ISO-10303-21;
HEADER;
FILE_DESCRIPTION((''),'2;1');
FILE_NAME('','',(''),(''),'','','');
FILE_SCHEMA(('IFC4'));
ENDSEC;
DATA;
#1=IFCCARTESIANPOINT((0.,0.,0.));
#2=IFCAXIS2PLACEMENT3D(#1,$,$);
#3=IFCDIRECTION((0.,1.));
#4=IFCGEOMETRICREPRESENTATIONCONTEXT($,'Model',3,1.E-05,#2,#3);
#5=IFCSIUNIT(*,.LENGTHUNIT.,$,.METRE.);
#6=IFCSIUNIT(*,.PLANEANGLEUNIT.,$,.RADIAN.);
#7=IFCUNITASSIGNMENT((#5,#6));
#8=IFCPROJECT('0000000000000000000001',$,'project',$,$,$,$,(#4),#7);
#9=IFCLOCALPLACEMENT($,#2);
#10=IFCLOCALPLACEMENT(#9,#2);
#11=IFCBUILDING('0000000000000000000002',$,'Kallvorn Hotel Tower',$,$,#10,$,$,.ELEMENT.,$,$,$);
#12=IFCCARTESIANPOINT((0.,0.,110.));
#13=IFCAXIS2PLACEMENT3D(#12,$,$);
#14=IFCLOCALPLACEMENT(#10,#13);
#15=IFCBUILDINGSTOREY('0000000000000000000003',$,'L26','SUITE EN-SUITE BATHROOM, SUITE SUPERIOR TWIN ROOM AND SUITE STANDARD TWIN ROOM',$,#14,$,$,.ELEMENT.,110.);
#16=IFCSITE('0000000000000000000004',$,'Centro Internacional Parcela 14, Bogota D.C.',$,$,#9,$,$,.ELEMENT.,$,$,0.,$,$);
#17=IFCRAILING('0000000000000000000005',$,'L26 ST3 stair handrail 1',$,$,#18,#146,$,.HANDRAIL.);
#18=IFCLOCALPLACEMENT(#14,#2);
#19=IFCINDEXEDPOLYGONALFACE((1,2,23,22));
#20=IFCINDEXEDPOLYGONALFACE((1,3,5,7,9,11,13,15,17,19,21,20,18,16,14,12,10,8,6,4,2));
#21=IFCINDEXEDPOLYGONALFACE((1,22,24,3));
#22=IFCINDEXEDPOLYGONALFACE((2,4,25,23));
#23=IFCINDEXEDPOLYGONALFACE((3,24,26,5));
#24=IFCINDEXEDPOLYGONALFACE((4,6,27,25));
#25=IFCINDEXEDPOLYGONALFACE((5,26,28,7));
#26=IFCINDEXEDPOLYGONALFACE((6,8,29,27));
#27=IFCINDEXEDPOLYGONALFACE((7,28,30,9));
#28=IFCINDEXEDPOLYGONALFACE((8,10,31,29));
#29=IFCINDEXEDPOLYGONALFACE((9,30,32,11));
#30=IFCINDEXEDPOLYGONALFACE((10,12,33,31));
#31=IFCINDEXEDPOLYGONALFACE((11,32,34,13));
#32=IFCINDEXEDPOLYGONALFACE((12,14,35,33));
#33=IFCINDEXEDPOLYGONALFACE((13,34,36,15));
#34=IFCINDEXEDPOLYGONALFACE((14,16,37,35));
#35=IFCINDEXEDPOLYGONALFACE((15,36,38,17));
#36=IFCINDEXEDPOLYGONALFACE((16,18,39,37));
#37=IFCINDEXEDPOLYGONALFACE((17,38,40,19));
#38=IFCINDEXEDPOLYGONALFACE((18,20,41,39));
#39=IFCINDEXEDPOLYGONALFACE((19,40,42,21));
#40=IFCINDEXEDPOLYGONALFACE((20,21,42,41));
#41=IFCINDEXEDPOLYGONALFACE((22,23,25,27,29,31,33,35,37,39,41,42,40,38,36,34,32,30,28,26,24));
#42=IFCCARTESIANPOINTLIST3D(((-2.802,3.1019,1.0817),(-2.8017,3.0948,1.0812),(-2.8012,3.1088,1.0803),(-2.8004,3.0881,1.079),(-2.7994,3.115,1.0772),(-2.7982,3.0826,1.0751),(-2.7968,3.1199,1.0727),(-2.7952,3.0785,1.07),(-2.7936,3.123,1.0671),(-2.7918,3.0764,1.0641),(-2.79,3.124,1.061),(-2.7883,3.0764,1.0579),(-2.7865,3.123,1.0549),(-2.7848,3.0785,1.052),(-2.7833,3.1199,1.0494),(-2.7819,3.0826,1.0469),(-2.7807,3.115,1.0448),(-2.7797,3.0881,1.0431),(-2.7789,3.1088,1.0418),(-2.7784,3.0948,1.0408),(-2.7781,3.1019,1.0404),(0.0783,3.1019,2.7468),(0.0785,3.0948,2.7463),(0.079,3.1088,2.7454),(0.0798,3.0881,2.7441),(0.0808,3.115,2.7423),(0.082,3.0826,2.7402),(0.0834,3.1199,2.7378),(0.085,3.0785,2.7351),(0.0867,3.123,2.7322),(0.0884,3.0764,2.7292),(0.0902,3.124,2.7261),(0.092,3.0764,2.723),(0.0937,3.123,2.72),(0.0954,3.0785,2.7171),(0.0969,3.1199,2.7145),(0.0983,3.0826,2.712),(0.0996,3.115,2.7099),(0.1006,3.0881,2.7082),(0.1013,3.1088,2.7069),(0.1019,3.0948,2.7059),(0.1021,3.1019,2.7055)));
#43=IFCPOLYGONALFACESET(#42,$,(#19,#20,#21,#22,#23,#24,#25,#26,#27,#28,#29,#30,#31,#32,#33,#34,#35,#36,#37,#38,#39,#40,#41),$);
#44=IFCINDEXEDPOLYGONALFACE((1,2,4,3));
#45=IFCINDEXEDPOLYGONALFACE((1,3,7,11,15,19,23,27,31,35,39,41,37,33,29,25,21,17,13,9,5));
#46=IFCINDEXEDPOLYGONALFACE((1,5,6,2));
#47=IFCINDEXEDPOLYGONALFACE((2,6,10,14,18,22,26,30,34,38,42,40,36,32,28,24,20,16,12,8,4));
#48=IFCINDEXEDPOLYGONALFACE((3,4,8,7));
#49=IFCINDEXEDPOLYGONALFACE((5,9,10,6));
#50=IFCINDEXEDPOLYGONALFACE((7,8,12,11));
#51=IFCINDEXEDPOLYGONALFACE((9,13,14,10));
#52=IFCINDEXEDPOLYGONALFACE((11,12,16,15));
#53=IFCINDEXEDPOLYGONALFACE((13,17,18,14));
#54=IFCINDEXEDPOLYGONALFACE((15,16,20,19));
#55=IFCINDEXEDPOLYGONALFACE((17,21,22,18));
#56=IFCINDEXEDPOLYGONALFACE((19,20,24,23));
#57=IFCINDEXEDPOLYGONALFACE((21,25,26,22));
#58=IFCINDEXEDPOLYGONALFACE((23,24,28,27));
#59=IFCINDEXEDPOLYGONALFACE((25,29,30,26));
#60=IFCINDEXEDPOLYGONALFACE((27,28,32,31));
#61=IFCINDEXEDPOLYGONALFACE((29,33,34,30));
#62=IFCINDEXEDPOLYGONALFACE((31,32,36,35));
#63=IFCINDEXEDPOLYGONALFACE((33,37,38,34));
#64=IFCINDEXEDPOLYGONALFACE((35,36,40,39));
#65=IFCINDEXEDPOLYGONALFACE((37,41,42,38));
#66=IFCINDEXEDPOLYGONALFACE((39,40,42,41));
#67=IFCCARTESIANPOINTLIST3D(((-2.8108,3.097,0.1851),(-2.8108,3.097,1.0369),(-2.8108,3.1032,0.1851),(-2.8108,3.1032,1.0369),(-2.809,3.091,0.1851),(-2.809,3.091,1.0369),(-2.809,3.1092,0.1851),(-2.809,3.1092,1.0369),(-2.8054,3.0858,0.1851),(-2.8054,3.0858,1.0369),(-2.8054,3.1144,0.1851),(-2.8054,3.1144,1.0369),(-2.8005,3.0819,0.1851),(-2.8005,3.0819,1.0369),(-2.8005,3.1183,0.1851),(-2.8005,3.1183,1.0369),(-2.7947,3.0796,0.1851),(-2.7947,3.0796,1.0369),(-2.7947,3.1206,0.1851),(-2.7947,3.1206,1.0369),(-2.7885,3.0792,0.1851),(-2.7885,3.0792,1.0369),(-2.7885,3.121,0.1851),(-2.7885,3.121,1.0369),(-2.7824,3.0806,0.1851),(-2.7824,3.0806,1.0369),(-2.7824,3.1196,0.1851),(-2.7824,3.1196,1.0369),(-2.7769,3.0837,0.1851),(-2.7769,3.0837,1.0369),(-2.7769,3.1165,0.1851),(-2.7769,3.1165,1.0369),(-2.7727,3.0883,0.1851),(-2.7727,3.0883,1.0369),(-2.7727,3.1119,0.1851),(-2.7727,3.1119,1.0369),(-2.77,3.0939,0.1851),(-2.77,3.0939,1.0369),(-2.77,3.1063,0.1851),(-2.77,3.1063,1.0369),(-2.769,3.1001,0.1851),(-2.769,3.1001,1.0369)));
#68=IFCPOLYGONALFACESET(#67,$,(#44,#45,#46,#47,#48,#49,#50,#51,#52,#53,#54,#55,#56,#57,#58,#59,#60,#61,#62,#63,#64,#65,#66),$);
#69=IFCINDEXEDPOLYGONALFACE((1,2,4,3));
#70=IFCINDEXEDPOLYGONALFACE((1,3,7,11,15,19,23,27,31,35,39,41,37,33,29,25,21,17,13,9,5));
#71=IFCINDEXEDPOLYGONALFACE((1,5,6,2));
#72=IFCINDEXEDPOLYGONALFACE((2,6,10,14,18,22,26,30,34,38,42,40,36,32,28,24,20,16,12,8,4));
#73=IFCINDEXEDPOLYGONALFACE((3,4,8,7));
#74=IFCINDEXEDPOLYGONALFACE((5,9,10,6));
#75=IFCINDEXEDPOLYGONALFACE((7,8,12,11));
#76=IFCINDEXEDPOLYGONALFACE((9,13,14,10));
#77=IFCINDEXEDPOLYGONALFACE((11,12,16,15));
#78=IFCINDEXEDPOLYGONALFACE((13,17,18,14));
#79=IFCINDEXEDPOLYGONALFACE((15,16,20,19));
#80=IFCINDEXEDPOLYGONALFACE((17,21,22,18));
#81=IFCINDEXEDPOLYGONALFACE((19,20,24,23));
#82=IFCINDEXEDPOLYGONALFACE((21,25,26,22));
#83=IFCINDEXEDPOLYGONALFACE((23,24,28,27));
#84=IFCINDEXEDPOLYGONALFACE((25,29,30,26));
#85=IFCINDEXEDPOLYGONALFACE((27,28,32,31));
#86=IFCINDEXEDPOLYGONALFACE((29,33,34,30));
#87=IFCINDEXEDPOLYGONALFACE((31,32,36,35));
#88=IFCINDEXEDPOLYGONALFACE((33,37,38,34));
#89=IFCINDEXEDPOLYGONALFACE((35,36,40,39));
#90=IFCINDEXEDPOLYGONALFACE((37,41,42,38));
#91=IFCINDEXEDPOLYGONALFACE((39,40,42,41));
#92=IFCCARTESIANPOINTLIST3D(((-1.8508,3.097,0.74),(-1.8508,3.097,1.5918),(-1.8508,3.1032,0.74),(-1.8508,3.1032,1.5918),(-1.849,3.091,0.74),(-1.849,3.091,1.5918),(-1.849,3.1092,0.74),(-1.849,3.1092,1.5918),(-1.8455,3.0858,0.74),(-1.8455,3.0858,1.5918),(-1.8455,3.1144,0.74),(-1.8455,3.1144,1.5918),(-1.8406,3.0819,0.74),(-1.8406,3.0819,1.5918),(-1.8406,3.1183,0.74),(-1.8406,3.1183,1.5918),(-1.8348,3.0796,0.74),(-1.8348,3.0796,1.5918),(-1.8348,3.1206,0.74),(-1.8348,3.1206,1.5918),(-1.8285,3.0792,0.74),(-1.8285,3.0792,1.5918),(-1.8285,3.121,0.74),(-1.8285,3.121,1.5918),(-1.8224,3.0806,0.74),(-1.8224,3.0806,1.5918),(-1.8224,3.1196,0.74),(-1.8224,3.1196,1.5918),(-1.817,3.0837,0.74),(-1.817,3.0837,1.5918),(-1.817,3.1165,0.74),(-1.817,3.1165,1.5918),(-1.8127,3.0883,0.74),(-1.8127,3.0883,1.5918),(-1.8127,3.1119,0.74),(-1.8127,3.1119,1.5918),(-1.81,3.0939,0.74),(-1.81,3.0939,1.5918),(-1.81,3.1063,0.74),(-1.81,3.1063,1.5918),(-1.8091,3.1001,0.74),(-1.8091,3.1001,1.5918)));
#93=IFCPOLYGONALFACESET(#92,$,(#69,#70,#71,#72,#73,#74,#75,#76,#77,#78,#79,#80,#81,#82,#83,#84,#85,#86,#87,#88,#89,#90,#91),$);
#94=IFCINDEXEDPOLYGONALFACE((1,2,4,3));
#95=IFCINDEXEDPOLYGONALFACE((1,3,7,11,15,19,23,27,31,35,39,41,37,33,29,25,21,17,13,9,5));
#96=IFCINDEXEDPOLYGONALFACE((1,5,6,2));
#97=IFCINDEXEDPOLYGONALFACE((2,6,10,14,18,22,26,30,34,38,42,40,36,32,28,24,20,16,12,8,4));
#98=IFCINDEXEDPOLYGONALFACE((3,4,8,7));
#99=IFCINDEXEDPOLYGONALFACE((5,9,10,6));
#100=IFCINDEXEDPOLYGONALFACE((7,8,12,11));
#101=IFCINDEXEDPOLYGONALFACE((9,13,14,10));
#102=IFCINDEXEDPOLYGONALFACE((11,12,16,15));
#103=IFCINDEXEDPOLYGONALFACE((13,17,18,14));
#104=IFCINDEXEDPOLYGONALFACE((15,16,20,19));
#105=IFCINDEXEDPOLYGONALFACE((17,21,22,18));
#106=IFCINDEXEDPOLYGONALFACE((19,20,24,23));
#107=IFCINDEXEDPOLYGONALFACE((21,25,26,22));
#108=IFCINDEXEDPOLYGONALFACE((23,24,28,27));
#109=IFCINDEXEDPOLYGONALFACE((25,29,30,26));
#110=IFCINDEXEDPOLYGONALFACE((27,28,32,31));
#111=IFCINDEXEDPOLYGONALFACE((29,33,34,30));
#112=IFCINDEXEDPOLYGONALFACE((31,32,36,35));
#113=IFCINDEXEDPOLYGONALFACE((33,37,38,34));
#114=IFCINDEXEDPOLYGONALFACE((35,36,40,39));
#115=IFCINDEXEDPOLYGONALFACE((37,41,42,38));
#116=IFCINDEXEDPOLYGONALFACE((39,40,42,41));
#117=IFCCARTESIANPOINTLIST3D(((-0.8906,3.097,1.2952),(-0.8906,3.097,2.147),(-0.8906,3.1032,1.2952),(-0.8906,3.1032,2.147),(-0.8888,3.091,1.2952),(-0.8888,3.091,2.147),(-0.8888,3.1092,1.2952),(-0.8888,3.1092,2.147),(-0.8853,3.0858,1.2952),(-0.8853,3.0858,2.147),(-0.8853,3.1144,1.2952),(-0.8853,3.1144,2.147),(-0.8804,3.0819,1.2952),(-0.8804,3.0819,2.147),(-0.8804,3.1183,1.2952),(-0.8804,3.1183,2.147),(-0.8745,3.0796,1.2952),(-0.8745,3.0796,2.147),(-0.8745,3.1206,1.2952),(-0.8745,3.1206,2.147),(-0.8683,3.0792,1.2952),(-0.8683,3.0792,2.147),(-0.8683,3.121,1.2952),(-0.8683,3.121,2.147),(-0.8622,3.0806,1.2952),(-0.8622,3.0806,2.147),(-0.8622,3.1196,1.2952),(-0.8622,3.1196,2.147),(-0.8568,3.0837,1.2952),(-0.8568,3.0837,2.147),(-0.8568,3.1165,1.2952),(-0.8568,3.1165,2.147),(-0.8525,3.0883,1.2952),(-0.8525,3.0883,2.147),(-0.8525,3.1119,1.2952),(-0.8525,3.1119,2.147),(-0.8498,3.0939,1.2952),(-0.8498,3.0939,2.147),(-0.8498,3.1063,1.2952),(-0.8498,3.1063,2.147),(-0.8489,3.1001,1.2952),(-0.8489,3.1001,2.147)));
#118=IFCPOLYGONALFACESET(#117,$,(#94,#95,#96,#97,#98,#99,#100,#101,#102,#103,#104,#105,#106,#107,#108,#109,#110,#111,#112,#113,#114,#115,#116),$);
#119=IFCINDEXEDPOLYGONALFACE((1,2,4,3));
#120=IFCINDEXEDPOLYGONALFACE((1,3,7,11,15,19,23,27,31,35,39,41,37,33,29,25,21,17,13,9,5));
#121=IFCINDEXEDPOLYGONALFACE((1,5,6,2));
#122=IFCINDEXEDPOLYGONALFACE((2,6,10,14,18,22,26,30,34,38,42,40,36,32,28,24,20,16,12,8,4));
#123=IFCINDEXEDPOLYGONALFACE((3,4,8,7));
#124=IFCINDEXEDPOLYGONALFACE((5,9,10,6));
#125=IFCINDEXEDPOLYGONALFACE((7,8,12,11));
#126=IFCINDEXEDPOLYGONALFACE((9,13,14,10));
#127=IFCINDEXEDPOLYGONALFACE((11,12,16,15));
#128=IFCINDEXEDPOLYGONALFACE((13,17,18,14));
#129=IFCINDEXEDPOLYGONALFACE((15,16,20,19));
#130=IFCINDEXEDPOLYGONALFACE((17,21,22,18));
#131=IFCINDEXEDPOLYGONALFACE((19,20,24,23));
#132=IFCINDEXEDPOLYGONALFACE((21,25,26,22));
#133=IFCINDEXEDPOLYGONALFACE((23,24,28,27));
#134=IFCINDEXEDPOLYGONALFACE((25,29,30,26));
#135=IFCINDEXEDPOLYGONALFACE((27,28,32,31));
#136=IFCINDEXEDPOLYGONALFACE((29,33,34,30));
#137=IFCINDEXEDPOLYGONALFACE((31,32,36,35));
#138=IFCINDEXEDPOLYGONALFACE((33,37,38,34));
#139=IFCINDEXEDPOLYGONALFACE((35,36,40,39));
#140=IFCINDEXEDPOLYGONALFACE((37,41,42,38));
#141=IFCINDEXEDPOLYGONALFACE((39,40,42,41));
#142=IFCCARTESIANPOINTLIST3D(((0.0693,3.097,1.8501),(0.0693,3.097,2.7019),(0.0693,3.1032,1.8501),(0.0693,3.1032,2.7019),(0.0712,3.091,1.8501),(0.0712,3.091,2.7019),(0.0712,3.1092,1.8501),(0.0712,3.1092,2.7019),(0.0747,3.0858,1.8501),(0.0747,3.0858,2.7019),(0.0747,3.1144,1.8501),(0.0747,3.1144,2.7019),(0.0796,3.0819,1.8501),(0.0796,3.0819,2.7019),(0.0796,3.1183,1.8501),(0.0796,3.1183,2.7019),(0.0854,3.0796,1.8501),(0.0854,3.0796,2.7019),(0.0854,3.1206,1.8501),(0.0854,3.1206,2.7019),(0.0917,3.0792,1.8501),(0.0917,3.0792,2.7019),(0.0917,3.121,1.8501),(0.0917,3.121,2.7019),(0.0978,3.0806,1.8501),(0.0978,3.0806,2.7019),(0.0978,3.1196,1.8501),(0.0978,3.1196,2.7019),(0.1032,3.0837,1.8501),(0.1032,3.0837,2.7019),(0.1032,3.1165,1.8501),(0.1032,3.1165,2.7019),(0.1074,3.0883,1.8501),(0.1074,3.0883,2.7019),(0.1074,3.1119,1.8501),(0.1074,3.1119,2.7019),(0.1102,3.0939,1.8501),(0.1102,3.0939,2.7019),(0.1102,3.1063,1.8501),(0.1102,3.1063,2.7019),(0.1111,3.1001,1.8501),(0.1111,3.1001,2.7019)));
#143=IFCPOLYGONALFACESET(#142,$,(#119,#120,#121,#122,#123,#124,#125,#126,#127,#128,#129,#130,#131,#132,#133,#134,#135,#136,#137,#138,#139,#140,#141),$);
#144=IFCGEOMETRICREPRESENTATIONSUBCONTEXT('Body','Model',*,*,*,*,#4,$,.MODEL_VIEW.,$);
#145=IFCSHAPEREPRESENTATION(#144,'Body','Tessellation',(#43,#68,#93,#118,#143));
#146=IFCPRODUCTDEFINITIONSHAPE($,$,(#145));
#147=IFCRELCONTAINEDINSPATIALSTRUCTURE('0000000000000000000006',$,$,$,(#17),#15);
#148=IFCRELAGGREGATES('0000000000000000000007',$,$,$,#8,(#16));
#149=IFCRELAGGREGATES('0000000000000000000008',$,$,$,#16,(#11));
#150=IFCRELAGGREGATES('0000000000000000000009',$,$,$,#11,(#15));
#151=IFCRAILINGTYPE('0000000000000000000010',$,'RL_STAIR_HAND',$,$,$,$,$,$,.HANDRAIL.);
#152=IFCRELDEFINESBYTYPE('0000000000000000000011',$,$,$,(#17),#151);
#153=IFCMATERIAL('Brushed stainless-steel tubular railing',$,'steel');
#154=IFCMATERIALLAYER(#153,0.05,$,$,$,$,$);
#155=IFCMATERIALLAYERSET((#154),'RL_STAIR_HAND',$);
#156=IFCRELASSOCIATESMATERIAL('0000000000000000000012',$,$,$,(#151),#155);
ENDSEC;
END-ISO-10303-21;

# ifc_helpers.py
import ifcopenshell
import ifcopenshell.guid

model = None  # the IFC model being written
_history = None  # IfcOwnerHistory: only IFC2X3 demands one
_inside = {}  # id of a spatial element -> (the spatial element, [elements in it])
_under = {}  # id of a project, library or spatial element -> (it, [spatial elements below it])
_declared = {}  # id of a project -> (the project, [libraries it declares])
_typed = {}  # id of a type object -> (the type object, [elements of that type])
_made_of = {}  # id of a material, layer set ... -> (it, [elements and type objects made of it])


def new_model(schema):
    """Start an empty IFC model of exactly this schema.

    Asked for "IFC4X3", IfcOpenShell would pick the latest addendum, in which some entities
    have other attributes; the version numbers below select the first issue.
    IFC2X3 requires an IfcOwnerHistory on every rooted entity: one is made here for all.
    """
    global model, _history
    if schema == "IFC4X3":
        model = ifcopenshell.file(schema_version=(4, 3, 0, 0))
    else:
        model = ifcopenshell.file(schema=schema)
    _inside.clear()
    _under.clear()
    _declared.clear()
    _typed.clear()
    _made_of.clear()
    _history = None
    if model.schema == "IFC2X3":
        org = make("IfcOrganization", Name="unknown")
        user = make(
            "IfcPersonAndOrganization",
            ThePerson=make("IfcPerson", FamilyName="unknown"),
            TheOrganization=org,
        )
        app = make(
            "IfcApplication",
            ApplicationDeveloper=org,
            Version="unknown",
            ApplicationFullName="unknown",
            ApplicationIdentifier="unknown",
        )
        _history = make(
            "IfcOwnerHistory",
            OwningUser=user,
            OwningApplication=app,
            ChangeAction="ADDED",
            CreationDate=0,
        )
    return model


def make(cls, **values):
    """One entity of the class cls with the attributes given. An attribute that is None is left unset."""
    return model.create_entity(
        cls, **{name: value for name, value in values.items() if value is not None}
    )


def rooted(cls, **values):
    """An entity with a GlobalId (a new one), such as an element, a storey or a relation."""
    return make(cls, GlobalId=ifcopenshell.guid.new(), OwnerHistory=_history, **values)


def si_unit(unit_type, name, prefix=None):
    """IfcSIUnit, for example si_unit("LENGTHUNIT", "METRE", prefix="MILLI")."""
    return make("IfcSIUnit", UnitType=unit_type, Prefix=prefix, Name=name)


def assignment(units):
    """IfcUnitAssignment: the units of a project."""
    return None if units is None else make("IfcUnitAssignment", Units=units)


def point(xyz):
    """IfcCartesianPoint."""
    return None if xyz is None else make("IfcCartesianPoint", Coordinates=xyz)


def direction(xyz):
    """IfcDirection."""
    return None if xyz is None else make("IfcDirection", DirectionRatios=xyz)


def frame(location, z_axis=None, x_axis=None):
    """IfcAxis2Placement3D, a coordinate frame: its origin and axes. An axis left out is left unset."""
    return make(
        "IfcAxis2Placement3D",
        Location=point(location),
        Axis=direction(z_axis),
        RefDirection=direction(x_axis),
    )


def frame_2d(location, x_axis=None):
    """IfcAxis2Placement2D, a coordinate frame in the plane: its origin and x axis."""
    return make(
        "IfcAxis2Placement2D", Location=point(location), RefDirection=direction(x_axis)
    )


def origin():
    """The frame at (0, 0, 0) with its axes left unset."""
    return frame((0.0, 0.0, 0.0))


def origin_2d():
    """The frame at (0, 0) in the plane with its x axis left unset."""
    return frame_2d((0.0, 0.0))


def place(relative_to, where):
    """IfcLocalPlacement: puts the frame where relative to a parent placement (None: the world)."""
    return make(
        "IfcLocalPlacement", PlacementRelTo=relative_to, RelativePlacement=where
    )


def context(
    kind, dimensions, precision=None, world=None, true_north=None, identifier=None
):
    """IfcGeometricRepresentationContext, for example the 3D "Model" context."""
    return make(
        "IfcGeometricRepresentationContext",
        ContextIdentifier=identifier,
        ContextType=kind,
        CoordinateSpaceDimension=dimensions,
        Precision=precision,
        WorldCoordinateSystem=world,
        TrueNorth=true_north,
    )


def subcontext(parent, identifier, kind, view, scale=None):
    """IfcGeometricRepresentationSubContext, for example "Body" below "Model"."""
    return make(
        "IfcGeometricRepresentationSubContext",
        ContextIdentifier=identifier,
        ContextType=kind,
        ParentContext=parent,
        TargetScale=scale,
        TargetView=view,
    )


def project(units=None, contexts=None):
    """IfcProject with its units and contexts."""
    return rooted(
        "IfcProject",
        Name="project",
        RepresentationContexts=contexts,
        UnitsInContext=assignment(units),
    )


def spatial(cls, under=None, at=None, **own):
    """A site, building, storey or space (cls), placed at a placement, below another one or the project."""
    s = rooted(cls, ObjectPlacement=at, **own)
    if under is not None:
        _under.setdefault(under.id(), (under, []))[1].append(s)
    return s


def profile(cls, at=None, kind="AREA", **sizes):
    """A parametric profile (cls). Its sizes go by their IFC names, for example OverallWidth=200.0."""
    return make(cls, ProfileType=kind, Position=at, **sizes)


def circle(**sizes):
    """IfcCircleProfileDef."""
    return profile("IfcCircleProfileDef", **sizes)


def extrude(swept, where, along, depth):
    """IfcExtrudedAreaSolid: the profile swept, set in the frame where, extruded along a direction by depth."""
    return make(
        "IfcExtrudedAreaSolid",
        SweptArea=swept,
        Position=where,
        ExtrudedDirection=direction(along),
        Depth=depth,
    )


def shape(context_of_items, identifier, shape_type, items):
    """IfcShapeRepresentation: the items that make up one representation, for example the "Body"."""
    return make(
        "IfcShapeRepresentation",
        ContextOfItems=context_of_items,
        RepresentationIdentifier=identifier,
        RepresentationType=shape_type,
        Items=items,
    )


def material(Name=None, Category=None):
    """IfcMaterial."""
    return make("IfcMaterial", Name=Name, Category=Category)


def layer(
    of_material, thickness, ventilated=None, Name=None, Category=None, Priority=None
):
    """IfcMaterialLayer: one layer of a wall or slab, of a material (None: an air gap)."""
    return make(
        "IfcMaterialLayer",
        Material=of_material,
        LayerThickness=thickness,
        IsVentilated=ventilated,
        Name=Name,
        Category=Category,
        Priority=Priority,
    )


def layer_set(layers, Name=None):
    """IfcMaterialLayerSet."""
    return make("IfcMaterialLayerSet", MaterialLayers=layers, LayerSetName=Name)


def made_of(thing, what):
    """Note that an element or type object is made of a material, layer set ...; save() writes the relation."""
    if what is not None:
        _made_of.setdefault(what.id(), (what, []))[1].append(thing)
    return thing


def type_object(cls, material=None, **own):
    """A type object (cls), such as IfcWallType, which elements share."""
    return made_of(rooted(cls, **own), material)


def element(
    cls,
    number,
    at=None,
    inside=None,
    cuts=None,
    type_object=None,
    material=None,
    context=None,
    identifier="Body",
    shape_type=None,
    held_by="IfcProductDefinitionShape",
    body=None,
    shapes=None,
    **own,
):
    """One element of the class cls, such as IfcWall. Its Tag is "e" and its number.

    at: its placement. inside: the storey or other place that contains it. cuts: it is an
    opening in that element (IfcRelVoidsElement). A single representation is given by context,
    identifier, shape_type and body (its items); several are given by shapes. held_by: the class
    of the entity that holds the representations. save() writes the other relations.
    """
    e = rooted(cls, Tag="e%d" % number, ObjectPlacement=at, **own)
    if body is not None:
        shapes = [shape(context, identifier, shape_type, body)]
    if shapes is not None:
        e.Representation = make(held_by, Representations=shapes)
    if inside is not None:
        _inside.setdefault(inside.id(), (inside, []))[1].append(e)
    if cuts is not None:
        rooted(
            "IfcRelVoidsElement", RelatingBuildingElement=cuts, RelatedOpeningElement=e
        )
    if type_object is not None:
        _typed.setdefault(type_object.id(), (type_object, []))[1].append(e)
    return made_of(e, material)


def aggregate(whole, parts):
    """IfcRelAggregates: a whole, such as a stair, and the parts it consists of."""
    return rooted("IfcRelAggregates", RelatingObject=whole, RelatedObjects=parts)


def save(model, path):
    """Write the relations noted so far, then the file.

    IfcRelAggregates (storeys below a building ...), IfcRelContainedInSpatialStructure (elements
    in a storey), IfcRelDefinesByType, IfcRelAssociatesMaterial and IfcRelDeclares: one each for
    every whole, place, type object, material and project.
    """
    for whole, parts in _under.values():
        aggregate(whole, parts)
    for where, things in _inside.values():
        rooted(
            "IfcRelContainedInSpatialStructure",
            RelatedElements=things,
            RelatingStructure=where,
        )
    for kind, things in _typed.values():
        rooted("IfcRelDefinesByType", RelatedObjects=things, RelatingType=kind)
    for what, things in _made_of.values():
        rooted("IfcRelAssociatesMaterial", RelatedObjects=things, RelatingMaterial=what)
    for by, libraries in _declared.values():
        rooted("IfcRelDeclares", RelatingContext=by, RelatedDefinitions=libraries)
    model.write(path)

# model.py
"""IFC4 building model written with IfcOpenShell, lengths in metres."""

from ifc_helpers import new_model, si_unit, direction, frame, origin, origin_2d, place, context, subcontext, project, spatial, circle, extrude, material, layer, layer_set, type_object, element, save


model = new_model("IFC4")

# Units and contexts
model_context = context("Model", 3, precision=1e-05, world=origin(), true_north=direction((0.0, 1.0)))
body_context = subcontext(model_context, "Body", "Model", "MODEL_VIEW")
ifc_project = project(units=[si_unit("LENGTHUNIT", "METRE"), si_unit("PLANEANGLEUNIT", "RADIAN")], contexts=[model_context])

# Site, building, storey
site_placement = place(None, origin())
site = spatial("IfcSite", under=ifc_project, at=site_placement, Name="Centro Internacional Parcela 14, Bogota D.C.", CompositionType="ELEMENT", RefElevation=0.0)
building_placement = place(site_placement, origin())
building = spatial("IfcBuilding", under=site, at=building_placement, Name="Kallvorn Hotel Tower", CompositionType="ELEMENT")
storey_placement = place(building_placement, frame((0.0, 0.0, 110.0)))
storey = spatial("IfcBuildingStorey", under=building, at=storey_placement, Name="L26", Description="SUITE EN-SUITE BATHROOM, SUITE SUPERIOR TWIN ROOM AND SUITE STANDARD TWIN ROOM", CompositionType="ELEMENT", Elevation=110.0)

# Railing
ifc_material_1 = material(Name="Brushed stainless-steel tubular railing", Category="steel")
ifc_layer_1 = layer(ifc_material_1, 0.05)
ifc_layer_set_1 = layer_set([ifc_layer_1], Name="RL_STAIR_HAND")
railing_type_1 = type_object("IfcRailingType", Name="RL_STAIR_HAND", PredefinedType="HANDRAIL", material=ifc_layer_set_1)
railing_1_placement = place(storey_placement, frame((-2.79, 3.1001, 0.1851)))
element("IfcRailing", 1, at=railing_1_placement, inside=storey, type_object=railing_type_1, Name="L26 ST3 stair handrail 1", PredefinedType="HANDRAIL", context=body_context, shape_type="SweptSolid", body=[
    extrude(circle(Radius=0.0239, at=origin_2d()), frame((0.0, 0.0, 0.876), z_axis=(0.865739, 0.0, 0.500495), x_axis=(0.0, 1.0, 0.0)), (0.0, 0.0, 1.0), 3.3269),
    extrude(circle(Radius=0.021, at=origin_2d()), origin(), (0.0, 0.0, 1.0), 0.8518),
    extrude(circle(Radius=0.021, at=origin_2d()), frame((0.96, 0.0, 0.5549)), (0.0, 0.0, 1.0), 0.8518),
    extrude(circle(Radius=0.021, at=origin_2d()), frame((1.9202, 0.0, 1.1101)), (0.0, 0.0, 1.0), 0.8518),
    extrude(circle(Radius=0.021, at=origin_2d()), frame((2.8801, 0.0, 1.665)), (0.0, 0.0, 1.0), 0.8518),
])

save(model, "model.ifc")
